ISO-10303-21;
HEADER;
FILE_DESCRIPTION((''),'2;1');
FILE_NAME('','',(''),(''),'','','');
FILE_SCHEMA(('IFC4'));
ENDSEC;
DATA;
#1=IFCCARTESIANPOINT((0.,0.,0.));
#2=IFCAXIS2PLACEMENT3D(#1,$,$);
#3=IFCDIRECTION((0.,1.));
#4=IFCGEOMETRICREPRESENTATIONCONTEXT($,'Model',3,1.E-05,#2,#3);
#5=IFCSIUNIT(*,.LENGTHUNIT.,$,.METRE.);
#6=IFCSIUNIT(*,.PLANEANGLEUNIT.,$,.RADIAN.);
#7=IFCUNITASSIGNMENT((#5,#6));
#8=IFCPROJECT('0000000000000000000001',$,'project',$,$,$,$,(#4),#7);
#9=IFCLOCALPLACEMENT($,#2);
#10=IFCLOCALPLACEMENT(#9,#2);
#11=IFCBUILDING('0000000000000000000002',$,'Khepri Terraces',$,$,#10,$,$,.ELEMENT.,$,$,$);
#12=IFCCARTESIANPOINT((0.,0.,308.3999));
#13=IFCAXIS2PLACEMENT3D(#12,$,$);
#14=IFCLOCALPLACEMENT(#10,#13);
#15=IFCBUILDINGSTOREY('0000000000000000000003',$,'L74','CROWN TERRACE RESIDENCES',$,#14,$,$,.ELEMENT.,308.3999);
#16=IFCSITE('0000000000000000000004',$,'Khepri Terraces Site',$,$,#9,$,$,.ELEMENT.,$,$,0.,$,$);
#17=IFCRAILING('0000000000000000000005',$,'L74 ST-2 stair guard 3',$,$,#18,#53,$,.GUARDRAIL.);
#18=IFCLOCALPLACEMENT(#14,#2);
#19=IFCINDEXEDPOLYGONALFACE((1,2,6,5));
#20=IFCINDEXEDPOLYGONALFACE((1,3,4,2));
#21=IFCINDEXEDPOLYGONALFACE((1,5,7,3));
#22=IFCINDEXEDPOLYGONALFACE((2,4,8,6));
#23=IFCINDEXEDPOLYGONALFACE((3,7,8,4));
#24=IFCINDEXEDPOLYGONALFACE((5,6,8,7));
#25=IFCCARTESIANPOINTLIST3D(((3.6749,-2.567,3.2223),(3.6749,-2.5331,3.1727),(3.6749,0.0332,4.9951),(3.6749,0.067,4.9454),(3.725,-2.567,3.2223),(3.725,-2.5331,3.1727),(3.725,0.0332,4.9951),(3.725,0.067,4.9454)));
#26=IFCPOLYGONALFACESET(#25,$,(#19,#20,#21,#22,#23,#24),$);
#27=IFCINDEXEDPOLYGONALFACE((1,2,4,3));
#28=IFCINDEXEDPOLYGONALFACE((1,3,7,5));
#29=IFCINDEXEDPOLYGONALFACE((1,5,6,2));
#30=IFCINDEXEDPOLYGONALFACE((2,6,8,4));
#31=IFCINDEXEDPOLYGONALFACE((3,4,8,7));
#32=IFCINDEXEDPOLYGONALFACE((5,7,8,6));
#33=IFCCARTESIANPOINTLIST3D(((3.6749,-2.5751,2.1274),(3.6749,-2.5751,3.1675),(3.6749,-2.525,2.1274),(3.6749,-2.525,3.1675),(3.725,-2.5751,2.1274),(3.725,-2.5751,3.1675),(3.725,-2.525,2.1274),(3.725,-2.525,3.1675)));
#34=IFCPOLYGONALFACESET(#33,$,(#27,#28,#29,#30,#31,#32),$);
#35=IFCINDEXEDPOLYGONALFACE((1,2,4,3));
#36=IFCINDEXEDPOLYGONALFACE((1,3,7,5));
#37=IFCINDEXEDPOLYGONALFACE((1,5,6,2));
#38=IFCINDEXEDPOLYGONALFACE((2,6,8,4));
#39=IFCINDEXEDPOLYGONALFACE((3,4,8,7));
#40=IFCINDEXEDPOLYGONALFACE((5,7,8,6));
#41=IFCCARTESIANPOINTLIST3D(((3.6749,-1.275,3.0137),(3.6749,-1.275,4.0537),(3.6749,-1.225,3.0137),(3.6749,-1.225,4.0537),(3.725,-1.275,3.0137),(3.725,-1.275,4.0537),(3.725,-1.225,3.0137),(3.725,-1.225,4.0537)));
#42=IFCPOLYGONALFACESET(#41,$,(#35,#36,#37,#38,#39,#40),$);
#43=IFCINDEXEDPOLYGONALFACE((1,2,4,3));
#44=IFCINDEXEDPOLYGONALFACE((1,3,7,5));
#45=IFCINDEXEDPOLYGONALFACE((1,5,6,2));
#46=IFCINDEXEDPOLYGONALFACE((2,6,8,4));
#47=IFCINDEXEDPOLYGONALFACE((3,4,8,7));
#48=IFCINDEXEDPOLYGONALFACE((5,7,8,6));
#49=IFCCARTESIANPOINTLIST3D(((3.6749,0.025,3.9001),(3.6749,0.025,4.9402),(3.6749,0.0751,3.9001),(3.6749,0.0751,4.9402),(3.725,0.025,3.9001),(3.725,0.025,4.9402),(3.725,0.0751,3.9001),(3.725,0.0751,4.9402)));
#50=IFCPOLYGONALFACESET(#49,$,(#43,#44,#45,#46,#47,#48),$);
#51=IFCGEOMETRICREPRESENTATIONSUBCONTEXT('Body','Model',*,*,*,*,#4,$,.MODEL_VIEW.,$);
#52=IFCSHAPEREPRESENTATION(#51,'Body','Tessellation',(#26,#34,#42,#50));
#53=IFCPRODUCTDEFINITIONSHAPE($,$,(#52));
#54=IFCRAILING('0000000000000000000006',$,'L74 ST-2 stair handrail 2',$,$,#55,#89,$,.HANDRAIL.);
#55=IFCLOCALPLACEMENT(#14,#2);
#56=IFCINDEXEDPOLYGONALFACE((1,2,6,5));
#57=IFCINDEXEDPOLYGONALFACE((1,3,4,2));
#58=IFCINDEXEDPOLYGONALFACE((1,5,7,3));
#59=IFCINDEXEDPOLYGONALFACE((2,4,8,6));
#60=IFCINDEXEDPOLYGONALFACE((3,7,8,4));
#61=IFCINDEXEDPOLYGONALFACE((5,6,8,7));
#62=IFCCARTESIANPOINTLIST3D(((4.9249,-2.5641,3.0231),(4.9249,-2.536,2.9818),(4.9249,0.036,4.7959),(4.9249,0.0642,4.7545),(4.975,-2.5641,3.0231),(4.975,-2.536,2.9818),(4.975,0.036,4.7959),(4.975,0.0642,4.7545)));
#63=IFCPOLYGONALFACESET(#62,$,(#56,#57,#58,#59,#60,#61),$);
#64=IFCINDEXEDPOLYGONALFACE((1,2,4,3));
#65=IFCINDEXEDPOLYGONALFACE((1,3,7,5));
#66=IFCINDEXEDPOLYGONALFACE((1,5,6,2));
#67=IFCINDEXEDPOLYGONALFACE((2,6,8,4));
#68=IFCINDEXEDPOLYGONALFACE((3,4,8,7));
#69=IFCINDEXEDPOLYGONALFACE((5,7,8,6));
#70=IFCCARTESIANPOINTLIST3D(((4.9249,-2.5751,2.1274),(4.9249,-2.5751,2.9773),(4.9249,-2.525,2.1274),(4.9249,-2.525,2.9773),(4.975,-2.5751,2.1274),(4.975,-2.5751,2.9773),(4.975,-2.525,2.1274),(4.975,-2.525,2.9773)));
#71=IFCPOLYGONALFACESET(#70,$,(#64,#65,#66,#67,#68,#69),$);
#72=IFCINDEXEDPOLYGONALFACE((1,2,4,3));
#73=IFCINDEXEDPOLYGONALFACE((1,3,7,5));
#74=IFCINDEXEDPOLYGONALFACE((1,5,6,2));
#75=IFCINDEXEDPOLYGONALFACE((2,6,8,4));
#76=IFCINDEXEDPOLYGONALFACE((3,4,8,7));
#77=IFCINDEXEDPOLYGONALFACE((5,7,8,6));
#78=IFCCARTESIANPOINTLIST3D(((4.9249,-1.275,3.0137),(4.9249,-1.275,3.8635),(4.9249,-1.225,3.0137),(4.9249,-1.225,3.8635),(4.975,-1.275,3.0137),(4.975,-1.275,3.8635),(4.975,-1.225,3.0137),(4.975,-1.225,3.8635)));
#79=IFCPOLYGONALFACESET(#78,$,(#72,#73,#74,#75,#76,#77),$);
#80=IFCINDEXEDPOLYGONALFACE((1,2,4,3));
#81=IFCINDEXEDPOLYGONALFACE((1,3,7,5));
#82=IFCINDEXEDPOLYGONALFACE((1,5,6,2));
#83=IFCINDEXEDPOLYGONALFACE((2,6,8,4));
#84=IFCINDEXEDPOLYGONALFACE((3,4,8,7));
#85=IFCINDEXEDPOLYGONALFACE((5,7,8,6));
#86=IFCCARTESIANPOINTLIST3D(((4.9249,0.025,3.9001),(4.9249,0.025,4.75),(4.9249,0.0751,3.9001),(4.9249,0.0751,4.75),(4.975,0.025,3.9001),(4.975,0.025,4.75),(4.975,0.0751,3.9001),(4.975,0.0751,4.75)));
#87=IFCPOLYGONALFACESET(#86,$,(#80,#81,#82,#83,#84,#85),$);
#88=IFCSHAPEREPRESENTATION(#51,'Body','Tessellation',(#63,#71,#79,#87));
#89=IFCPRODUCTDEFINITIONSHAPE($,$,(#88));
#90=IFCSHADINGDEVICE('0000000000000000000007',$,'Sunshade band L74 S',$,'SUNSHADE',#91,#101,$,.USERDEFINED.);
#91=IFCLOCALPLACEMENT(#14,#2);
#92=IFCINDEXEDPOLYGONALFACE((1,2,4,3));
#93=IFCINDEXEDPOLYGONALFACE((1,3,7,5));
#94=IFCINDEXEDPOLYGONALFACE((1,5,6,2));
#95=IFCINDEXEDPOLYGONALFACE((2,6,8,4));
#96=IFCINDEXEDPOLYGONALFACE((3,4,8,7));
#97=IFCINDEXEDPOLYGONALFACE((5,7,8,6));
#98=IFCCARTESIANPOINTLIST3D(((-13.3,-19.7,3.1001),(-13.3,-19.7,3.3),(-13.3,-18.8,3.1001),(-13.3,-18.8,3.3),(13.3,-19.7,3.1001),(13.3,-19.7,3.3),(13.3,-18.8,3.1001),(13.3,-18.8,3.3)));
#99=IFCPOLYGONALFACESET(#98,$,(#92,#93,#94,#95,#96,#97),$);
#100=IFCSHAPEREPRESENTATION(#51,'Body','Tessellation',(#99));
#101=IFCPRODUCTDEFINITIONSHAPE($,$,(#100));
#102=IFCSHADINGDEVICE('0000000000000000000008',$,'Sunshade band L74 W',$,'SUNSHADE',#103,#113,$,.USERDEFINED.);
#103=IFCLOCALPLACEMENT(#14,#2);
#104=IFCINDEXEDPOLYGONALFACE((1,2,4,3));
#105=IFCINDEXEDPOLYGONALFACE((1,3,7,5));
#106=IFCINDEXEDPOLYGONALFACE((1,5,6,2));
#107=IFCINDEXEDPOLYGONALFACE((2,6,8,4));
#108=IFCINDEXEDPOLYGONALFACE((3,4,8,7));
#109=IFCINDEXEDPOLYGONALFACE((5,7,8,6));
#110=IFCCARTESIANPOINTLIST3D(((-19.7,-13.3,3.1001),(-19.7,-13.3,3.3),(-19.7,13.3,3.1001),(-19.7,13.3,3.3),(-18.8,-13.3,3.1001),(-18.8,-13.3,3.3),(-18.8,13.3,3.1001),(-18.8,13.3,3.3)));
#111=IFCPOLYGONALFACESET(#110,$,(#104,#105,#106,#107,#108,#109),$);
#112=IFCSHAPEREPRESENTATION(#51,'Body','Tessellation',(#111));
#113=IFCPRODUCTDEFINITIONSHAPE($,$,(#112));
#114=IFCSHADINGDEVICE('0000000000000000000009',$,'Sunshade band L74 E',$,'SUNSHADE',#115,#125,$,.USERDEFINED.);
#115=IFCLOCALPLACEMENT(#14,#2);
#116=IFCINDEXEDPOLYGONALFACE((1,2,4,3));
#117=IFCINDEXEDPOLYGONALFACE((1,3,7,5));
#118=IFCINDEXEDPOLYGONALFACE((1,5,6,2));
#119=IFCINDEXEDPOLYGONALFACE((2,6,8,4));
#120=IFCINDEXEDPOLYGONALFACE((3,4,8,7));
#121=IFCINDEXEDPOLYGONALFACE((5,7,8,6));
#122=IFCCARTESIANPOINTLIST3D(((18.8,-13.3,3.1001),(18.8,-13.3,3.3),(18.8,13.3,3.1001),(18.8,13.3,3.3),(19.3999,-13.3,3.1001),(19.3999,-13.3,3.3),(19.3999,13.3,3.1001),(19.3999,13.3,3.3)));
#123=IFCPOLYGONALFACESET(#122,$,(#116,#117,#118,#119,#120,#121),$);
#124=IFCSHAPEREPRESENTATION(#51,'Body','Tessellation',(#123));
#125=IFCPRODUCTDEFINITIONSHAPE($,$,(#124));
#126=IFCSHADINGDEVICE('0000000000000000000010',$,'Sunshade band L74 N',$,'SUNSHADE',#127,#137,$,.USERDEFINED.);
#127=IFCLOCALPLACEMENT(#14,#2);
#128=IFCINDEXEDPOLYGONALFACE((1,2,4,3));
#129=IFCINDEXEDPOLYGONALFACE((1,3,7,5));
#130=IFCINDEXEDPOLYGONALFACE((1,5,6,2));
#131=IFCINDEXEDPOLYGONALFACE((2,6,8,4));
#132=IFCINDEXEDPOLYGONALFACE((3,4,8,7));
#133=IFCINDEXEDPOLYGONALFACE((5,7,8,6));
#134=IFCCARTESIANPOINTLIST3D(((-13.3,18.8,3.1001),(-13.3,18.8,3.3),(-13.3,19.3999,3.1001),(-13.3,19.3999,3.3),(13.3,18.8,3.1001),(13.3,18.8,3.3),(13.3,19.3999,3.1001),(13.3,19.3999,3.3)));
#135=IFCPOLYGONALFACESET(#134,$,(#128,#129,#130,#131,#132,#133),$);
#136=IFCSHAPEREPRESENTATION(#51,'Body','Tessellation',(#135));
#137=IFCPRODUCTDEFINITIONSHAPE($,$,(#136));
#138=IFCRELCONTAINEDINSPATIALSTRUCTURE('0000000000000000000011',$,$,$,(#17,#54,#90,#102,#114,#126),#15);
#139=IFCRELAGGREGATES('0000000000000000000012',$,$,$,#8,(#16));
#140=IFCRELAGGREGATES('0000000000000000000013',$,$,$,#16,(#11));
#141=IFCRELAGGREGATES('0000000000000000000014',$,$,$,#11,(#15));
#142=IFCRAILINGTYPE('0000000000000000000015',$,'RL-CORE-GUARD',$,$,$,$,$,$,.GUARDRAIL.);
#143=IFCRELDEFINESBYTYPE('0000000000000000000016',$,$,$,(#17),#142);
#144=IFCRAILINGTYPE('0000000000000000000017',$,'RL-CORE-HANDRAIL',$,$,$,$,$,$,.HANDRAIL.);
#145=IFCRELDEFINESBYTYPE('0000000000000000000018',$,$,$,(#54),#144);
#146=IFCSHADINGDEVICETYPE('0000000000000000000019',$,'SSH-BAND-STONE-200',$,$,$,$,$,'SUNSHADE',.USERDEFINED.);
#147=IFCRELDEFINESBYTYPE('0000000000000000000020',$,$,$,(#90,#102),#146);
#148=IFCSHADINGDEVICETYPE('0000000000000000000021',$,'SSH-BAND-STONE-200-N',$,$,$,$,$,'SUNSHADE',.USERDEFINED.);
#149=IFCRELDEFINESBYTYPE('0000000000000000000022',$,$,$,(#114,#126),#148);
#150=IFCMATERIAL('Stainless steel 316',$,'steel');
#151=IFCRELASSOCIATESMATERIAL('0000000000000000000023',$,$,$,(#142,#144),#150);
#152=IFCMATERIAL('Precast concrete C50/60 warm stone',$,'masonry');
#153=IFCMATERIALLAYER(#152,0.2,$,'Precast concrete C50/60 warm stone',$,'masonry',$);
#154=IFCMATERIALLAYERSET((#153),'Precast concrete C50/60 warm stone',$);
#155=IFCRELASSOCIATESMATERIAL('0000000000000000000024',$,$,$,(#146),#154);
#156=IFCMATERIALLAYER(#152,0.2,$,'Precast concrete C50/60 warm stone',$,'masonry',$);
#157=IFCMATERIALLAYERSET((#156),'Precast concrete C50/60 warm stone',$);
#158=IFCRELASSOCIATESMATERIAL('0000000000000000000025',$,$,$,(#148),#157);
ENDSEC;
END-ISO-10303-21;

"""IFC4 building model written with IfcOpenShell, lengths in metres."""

from ifc_helpers import new_model, si_unit, direction, frame, origin, origin_2d, place, context, subcontext, project, spatial, polyline, rectangle, outline, extrude, material, layer, layer_set, type_object, element, save


model = new_model("IFC4")

# Units and contexts
model_context = context("Model", 3, precision=1e-05, world=origin(), true_north=direction((0.0, 1.0)))
body_context = subcontext(model_context, "Body", "Model", "MODEL_VIEW")
ifc_project = project(units=[si_unit("LENGTHUNIT", "METRE"), si_unit("PLANEANGLEUNIT", "RADIAN")], contexts=[model_context])

# Site, building, storey
site_placement = place(None, origin())
site = spatial("IfcSite", under=ifc_project, at=site_placement, Name="Khepri Terraces Site", CompositionType="ELEMENT", RefElevation=0.0)
building_placement = place(site_placement, origin())
building = spatial("IfcBuilding", under=site, at=building_placement, Name="Khepri Terraces", CompositionType="ELEMENT")
storey_placement = place(building_placement, frame((0.0, 0.0, 308.3999)))
storey = spatial("IfcBuildingStorey", under=building, at=storey_placement, Name="L74", Description="CROWN TERRACE RESIDENCES", CompositionType="ELEMENT", Elevation=308.3999)

# Railings
ifc_material_1 = material(Name="Stainless steel 316", Category="steel")
railing_type_1 = type_object("IfcRailingType", Name="RL-CORE-GUARD", PredefinedType="GUARDRAIL", material=ifc_material_1)
railing_1_placement = place(storey_placement, frame((3.7, -2.55, 2.1274)))
element("IfcRailing", 1, at=railing_1_placement, inside=storey, type_object=railing_type_1, Name="L74 ST-2 stair guard 3", PredefinedType="GUARDRAIL", context=body_context, shape_type="SweptSolid", body=[
    extrude(rectangle(XDim=0.05, YDim=0.0601, at=origin_2d()), frame((0.0, 0.0, 1.0701), z_axis=(0.0, 0.82624, 0.563318), x_axis=(-1.0, 0.0, 0.0)), (0.0, 0.0, 1.0), 3.147),
    extrude(rectangle(XDim=0.05, YDim=0.05, at=origin_2d()), origin(), (0.0, 0.0, 1.0), 1.04),
    extrude(rectangle(XDim=0.05, YDim=0.05, at=origin_2d()), frame((0.0, 1.3, 0.8862)), (0.0, 0.0, 1.0), 1.04),
    extrude(rectangle(XDim=0.05, YDim=0.05, at=origin_2d()), frame((0.0, 2.6001, 1.7727)), (0.0, 0.0, 1.0), 1.04),
])
railing_type_2 = type_object("IfcRailingType", Name="RL-CORE-HANDRAIL", PredefinedType="HANDRAIL", material=ifc_material_1)
railing_2_placement = place(storey_placement, frame((4.95, -2.55, 2.1274)))
element("IfcRailing", 2, at=railing_2_placement, inside=storey, type_object=railing_type_2, Name="L74 ST-2 stair handrail 2", PredefinedType="HANDRAIL", context=body_context, shape_type="SweptSolid", body=[
    extrude(rectangle(XDim=0.05, YDim=0.05, at=origin_2d()), frame((0.0, 0.0, 0.875), z_axis=(0.0, 0.82624, 0.563318), x_axis=(-1.0, 0.0, 0.0)), (0.0, 0.0, 1.0), 3.147),
    extrude(rectangle(XDim=0.05, YDim=0.05, at=origin_2d()), origin(), (0.0, 0.0, 1.0), 0.8499),
    extrude(rectangle(XDim=0.05, YDim=0.05, at=origin_2d()), frame((0.0, 1.3, 0.8862)), (0.0, 0.0, 1.0), 0.8499),
    extrude(rectangle(XDim=0.05, YDim=0.05, at=origin_2d()), frame((0.0, 2.6001, 1.7727)), (0.0, 0.0, 1.0), 0.8499),
])

# Shading devices
ifc_material_2 = material(Name="Precast concrete C50/60 warm stone", Category="masonry")
ifc_layer_1 = layer(ifc_material_2, 0.2, Name="Precast concrete C50/60 warm stone", Category="masonry")
ifc_layer_set_1 = layer_set([ifc_layer_1], Name="Precast concrete C50/60 warm stone")
shading_device_type_1 = type_object("IfcShadingDeviceType", Name="SSH-BAND-STONE-200", ElementType="SUNSHADE", PredefinedType="USERDEFINED", material=ifc_layer_set_1)
shading_device_1_placement = place(storey_placement, frame((0.0, 0.0, 3.1001)))
element("IfcShadingDevice", 3, at=shading_device_1_placement, inside=storey, type_object=shading_device_type_1, Name="Sunshade band L74 S", ObjectType="SUNSHADE", PredefinedType="USERDEFINED", context=body_context, shape_type="SweptSolid", body=[
    extrude(outline(polyline([(13.3, -18.8), (-13.3, -18.8), (-13.3, -19.7), (13.3, -19.7), (13.3, -18.8)])), origin(), (0.0, 0.0, 1.0), 0.2),
])
shading_device_2_placement = place(storey_placement, frame((0.0, 0.0, 3.1001)))
element("IfcShadingDevice", 4, at=shading_device_2_placement, inside=storey, type_object=shading_device_type_1, Name="Sunshade band L74 W", ObjectType="SUNSHADE", PredefinedType="USERDEFINED", context=body_context, shape_type="SweptSolid", body=[
    extrude(outline(polyline([(-18.8, -13.3), (-18.8, 13.3), (-19.7, 13.3), (-19.7, -13.3), (-18.8, -13.3)])), origin(), (0.0, 0.0, 1.0), 0.2),
])
ifc_layer_2 = layer(ifc_material_2, 0.2, Name="Precast concrete C50/60 warm stone", Category="masonry")
ifc_layer_set_2 = layer_set([ifc_layer_2], Name="Precast concrete C50/60 warm stone")
shading_device_type_2 = type_object("IfcShadingDeviceType", Name="SSH-BAND-STONE-200-N", ElementType="SUNSHADE", PredefinedType="USERDEFINED", material=ifc_layer_set_2)
shading_device_3_placement = place(storey_placement, frame((0.0, 0.0, 3.1001)))
element("IfcShadingDevice", 5, at=shading_device_3_placement, inside=storey, type_object=shading_device_type_2, Name="Sunshade band L74 E", ObjectType="SUNSHADE", PredefinedType="USERDEFINED", context=body_context, shape_type="SweptSolid", body=[
    extrude(outline(polyline([(18.8, 13.3), (18.8, -13.3), (19.3999, -13.3), (19.3999, 13.3), (18.8, 13.3)])), origin(), (0.0, 0.0, 1.0), 0.2),
])
shading_device_4_placement = place(storey_placement, frame((0.0, 0.0, 3.1001)))
element("IfcShadingDevice", 6, at=shading_device_4_placement, inside=storey, type_object=shading_device_type_2, Name="Sunshade band L74 N", ObjectType="SUNSHADE", PredefinedType="USERDEFINED", context=body_context, shape_type="SweptSolid", body=[
    extrude(outline(polyline([(-13.3, 18.8), (13.3, 18.8), (13.3, 19.3999), (-13.3, 19.3999), (-13.3, 18.8)])), origin(), (0.0, 0.0, 1.0), 0.2),
])

save(model, "model.ifc")
